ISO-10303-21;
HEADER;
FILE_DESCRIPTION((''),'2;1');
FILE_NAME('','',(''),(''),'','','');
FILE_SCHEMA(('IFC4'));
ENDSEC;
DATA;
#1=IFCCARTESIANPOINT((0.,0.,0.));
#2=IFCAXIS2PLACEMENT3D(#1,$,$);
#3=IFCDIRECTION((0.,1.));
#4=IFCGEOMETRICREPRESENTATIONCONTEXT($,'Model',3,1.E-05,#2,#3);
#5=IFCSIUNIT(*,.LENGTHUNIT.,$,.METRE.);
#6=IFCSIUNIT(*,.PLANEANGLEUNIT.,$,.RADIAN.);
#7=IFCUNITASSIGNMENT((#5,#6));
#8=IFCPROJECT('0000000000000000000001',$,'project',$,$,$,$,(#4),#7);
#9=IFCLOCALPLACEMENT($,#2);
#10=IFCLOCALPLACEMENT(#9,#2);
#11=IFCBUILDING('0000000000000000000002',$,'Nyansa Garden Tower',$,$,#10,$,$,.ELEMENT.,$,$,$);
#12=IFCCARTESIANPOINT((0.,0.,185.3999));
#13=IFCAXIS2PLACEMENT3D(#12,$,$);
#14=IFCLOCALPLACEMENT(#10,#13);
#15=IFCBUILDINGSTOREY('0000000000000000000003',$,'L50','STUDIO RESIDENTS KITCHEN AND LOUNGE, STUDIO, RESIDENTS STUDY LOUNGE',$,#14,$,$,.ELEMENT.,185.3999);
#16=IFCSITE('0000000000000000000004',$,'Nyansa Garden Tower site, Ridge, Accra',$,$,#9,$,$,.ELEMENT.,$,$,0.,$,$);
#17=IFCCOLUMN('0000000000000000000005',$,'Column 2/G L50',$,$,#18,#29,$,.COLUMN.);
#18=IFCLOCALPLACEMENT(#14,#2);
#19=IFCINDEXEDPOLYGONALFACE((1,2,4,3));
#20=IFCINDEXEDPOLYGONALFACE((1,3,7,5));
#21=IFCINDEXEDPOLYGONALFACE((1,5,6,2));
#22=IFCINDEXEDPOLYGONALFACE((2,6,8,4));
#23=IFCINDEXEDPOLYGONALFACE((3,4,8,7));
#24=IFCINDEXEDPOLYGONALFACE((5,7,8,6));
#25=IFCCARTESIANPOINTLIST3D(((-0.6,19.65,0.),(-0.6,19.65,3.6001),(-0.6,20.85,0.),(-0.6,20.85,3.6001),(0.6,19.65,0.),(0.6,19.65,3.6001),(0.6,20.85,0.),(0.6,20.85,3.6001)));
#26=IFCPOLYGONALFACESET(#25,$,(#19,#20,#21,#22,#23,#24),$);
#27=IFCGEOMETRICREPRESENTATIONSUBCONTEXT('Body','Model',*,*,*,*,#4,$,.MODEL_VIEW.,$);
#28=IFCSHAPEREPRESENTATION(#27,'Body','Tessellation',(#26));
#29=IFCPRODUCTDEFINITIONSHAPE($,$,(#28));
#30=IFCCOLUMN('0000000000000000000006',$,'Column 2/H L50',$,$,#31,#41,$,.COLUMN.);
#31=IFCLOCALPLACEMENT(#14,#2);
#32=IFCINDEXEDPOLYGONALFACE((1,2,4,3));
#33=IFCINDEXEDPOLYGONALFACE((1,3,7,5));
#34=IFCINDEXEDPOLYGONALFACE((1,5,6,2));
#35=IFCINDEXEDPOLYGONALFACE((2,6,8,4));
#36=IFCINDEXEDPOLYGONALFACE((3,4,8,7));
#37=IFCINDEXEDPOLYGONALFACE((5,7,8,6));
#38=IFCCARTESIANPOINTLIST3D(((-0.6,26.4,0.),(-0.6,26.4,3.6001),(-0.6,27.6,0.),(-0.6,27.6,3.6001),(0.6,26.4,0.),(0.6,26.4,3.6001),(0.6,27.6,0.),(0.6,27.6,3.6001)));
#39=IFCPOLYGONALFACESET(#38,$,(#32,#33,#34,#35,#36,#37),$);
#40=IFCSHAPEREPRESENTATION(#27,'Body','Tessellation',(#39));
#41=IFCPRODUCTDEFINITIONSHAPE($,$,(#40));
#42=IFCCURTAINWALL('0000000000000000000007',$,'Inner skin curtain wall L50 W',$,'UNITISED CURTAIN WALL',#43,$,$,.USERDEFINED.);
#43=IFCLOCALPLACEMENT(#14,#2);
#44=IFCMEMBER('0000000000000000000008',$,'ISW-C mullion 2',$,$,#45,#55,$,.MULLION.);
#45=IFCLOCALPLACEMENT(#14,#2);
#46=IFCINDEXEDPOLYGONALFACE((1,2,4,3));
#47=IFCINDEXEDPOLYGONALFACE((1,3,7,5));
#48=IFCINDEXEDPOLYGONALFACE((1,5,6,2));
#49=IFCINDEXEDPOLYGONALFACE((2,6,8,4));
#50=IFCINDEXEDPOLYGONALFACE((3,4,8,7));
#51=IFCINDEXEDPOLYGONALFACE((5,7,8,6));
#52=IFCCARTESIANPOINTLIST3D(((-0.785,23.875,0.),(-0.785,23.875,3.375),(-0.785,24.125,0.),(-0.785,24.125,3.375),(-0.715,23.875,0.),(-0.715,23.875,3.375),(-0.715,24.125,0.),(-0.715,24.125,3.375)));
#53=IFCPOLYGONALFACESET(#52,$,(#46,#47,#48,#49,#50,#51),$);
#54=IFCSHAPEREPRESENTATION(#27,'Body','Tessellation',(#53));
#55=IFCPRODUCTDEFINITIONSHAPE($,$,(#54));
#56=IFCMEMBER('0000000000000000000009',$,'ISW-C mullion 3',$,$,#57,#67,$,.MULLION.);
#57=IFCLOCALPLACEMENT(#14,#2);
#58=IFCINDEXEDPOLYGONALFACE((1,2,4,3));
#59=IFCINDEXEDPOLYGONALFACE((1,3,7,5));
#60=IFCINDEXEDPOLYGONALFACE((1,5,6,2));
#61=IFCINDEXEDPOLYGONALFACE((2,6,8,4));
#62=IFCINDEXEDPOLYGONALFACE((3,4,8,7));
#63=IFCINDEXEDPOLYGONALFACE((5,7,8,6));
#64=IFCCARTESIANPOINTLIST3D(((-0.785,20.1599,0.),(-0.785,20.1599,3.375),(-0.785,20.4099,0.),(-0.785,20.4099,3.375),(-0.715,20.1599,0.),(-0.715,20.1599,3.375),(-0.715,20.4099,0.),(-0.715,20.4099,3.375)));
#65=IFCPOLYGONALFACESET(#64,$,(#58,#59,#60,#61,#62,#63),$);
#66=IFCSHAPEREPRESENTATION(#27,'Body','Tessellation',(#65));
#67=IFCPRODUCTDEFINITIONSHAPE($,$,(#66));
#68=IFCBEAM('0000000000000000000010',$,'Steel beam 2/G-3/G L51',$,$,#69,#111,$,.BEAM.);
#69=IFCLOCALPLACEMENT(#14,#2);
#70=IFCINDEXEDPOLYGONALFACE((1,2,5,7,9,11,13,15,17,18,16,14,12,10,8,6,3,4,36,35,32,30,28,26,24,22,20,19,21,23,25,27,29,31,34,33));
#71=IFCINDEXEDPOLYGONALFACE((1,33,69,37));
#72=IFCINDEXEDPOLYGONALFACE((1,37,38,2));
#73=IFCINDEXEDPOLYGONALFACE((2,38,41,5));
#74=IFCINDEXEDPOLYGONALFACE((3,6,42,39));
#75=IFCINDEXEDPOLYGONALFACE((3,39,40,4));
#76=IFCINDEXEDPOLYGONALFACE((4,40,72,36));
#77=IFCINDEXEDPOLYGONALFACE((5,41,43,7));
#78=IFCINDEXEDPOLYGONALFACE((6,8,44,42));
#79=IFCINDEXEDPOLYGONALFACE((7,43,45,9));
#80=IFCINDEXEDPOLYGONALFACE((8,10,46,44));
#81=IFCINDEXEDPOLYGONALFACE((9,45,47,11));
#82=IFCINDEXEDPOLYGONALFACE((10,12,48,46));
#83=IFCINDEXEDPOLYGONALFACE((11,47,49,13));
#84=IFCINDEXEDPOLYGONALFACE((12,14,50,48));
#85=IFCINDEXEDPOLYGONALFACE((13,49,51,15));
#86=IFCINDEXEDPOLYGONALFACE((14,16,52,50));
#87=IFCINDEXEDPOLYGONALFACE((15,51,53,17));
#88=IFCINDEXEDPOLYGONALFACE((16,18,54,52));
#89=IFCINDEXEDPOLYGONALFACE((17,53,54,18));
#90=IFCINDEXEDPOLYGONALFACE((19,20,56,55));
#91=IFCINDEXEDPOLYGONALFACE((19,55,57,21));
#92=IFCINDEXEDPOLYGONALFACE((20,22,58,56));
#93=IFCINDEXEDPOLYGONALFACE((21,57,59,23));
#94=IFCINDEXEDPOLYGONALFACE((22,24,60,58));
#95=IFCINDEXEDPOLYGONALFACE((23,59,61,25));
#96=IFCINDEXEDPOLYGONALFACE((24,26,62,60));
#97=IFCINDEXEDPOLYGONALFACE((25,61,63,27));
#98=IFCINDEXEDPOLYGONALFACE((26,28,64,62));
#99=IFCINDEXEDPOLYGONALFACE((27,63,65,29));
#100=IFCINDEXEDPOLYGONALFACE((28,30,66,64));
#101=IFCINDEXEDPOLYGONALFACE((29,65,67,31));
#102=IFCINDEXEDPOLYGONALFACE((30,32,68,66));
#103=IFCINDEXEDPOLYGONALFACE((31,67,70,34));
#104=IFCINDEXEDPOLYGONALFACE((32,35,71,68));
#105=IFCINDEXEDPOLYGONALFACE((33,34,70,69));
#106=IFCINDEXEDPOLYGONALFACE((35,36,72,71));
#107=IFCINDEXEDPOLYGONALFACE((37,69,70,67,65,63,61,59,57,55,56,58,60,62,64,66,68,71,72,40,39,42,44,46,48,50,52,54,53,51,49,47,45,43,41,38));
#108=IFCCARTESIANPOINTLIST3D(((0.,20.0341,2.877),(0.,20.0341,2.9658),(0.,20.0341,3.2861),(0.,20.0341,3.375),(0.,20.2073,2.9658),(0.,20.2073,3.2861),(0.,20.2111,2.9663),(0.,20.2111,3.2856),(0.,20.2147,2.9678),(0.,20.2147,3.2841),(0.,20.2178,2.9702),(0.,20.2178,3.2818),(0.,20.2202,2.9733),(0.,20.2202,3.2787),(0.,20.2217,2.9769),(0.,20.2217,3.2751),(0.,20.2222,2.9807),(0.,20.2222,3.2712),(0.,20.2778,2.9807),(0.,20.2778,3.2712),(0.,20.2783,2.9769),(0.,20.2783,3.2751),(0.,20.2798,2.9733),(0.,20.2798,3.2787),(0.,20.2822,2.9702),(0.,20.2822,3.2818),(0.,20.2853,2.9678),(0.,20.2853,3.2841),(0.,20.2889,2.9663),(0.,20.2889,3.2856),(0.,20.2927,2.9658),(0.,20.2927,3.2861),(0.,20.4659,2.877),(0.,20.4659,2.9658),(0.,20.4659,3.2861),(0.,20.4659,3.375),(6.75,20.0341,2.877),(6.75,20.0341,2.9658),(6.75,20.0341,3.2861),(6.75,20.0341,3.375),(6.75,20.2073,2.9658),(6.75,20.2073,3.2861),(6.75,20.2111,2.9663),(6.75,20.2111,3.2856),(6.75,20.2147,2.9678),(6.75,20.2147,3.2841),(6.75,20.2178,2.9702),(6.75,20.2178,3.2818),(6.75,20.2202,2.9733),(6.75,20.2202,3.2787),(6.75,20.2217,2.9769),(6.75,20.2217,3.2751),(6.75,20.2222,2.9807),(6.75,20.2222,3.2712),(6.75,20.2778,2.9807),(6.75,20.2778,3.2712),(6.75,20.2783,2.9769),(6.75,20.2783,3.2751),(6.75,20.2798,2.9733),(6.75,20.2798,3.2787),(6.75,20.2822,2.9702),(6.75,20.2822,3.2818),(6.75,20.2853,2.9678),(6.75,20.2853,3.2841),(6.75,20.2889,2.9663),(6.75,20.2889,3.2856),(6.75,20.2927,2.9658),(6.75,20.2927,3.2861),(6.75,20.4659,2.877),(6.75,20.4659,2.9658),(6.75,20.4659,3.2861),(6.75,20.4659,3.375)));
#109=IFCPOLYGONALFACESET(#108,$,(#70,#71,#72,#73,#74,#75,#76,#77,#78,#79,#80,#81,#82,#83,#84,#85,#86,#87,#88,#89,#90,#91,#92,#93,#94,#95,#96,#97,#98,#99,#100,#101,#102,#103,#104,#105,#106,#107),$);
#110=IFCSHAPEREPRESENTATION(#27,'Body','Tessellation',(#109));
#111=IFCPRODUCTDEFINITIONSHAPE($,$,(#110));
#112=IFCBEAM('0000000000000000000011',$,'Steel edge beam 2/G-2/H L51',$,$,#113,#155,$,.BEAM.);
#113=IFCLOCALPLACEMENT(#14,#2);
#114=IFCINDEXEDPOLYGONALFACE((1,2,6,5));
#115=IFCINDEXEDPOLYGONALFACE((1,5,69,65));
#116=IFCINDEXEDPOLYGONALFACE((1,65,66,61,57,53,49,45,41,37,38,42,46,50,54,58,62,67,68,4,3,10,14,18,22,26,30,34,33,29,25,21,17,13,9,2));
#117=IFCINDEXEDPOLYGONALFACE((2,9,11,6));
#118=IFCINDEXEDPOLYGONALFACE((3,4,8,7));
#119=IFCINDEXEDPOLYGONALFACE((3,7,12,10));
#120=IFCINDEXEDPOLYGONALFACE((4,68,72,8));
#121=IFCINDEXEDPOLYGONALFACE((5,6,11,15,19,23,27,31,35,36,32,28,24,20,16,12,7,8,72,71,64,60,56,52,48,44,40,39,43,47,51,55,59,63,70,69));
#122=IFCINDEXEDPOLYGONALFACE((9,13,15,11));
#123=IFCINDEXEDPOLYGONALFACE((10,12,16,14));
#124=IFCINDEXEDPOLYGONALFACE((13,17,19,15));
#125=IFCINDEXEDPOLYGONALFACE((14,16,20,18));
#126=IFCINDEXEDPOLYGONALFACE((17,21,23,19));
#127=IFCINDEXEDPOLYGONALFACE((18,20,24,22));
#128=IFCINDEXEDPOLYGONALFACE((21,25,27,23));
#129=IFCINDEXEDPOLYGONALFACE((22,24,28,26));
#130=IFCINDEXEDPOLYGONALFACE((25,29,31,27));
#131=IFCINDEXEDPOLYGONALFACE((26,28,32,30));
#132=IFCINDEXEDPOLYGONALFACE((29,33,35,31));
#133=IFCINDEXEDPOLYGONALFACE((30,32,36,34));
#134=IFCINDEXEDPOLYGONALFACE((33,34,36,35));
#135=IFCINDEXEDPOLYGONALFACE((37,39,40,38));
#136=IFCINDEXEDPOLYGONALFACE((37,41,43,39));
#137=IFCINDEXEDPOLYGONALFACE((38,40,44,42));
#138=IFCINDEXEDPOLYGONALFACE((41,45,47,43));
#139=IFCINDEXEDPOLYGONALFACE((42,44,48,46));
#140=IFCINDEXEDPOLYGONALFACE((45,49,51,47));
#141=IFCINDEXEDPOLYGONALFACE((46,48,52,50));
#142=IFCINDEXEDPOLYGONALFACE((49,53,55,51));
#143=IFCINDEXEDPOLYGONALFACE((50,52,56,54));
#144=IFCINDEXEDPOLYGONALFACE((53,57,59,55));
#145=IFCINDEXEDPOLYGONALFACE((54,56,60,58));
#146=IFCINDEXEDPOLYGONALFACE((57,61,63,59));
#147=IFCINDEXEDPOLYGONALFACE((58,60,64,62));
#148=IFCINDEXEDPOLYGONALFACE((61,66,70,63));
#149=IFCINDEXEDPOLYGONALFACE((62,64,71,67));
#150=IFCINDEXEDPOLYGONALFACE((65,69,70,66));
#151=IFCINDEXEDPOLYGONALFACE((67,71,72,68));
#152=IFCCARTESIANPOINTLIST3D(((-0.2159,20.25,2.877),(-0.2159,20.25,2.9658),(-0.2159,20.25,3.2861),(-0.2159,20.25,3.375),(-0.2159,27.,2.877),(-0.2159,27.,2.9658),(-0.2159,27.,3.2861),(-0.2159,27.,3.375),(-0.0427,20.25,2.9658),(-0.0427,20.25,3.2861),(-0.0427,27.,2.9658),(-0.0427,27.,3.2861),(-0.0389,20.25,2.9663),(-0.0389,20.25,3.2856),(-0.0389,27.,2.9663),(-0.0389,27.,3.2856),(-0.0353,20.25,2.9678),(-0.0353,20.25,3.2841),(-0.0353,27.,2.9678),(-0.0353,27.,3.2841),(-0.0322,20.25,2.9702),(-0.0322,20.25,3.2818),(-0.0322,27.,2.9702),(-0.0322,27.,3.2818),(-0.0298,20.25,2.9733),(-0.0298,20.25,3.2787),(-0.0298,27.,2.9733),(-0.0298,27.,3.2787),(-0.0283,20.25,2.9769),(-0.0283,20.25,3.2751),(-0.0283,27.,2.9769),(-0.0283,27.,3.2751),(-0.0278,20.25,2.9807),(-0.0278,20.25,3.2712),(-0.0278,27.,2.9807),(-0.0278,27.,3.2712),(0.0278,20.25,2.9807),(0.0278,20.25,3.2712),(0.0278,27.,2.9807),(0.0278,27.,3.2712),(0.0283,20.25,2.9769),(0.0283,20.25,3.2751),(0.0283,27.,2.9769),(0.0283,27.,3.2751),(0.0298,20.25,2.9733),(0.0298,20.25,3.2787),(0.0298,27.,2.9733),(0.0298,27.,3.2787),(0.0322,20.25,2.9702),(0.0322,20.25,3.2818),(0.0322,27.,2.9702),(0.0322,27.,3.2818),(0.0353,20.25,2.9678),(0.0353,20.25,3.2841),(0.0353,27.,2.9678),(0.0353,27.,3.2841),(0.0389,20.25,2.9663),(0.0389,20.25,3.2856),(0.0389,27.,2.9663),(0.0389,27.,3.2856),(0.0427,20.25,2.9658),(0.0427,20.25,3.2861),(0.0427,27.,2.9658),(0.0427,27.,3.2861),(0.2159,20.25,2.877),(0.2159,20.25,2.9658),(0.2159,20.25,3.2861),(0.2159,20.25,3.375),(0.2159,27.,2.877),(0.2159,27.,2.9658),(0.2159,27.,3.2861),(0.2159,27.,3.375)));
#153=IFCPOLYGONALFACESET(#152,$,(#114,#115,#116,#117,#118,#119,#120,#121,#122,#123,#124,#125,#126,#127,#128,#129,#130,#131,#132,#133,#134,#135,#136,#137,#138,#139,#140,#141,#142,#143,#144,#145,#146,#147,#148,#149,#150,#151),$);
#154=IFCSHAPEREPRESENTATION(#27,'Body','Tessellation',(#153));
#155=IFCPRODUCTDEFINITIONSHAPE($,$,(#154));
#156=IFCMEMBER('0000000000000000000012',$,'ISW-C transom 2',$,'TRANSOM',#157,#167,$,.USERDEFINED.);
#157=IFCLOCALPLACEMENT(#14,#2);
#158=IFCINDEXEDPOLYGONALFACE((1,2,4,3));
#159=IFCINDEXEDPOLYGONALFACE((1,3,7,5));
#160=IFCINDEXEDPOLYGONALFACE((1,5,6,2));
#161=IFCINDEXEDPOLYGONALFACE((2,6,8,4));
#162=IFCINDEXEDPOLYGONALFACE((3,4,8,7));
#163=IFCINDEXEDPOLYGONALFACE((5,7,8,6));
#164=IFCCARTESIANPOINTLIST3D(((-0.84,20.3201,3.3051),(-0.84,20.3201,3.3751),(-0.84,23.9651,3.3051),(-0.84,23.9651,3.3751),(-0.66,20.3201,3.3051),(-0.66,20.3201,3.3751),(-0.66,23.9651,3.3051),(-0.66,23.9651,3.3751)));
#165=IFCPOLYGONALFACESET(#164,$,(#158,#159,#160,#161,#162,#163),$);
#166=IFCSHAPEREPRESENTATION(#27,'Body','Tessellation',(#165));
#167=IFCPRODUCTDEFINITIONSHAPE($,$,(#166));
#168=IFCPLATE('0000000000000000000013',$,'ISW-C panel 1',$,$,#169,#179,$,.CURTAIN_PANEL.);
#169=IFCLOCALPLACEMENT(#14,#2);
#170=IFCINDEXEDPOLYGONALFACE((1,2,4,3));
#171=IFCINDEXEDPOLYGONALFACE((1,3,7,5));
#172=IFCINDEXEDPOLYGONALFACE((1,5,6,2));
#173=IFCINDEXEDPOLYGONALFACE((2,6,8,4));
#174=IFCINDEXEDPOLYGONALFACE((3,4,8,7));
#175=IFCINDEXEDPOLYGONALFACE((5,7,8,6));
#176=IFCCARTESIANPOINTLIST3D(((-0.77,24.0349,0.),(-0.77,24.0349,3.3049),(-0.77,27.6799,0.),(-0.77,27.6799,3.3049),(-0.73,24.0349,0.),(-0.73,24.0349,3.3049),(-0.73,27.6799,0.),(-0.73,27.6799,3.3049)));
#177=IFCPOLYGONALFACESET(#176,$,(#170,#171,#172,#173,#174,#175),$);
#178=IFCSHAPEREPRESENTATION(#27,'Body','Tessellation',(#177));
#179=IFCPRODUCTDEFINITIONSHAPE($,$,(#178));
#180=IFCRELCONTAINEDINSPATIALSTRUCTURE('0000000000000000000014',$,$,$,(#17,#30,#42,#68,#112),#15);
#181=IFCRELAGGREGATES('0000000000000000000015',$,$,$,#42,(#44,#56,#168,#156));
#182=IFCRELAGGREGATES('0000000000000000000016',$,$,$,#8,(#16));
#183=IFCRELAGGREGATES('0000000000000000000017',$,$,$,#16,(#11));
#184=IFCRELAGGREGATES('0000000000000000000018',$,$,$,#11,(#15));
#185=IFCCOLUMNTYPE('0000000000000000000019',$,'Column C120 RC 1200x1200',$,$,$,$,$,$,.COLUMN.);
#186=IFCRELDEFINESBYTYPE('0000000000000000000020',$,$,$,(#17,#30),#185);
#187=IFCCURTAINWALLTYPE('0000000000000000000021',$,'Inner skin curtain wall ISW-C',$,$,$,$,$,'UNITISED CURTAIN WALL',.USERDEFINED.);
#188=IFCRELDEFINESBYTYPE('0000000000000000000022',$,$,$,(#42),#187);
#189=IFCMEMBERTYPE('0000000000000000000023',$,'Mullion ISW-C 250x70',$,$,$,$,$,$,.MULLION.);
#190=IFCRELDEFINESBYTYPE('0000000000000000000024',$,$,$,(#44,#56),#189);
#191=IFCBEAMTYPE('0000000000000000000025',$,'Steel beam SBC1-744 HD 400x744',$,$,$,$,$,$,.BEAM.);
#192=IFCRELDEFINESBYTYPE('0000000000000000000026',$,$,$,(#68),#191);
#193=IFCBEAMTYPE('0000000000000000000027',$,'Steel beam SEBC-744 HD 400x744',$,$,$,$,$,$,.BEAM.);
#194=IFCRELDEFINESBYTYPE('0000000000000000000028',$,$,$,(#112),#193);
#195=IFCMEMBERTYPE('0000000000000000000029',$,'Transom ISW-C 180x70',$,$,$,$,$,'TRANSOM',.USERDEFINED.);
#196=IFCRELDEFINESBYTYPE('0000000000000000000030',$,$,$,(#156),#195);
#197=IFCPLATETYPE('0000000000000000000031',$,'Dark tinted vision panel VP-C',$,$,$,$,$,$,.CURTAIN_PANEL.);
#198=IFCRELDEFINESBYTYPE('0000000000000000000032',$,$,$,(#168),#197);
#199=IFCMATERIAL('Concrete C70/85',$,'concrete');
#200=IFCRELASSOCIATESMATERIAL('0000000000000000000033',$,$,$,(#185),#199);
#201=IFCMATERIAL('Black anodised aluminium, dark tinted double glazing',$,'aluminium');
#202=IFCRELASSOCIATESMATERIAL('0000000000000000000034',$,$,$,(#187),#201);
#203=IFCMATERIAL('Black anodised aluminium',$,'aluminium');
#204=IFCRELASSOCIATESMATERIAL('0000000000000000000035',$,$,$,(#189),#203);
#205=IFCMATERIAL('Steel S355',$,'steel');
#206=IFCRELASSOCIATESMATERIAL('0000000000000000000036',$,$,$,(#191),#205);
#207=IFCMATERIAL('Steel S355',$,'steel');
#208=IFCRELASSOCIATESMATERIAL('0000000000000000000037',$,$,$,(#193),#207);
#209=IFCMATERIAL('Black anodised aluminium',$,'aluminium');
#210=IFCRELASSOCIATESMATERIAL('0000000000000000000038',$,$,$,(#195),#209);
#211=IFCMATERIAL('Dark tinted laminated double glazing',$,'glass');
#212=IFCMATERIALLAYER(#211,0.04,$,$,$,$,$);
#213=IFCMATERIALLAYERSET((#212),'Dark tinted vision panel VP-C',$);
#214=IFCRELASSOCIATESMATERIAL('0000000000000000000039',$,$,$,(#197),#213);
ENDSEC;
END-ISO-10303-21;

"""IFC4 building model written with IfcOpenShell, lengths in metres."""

from ifc_helpers import new_model, si_unit, direction, frame, origin, origin_2d, place, context, subcontext, project, spatial, rectangle, i_section, extrude, material, layer, layer_set, material_profile, profile_set, type_object, element, aggregate, save


model = new_model("IFC4")

# Units and contexts
model_context = context("Model", 3, precision=1e-05, world=origin(), true_north=direction((0.0, 1.0)))
body_context = subcontext(model_context, "Body", "Model", "MODEL_VIEW")
ifc_project = project(units=[si_unit("LENGTHUNIT", "METRE"), si_unit("PLANEANGLEUNIT", "RADIAN")], contexts=[model_context])

# Site, building, storey
site_placement = place(None, origin())
site = spatial("IfcSite", under=ifc_project, at=site_placement, Name="Nyansa Garden Tower site, Ridge, Accra", CompositionType="ELEMENT", RefElevation=0.0)
building_placement = place(site_placement, origin())
building = spatial("IfcBuilding", under=site, at=building_placement, Name="Nyansa Garden Tower", CompositionType="ELEMENT")
storey_placement = place(building_placement, frame((0.0, 0.0, 185.3999)))
storey = spatial("IfcBuildingStorey", under=building, at=storey_placement, Name="L50", Description="STUDIO RESIDENTS KITCHEN AND LOUNGE, STUDIO, RESIDENTS STUDY LOUNGE", CompositionType="ELEMENT", Elevation=185.3999)

# Columns
ifc_material_1 = material(Name="Concrete C70/85", Category="concrete")
ifc_material_profile_1 = material_profile(ifc_material_1, rectangle(XDim=1.2, YDim=1.2, at=origin_2d()), Name="RC 1200x1200")
ifc_profile_set_1 = profile_set([ifc_material_profile_1], Name="Concrete C70/85")
column_type = type_object("IfcColumnType", Name="Column C120 RC 1200x1200", PredefinedType="COLUMN", material=ifc_profile_set_1)
for number, where, z_axis, x_axis, name in (
    (1, (0.0, 20.25, 0.0), (0.0, 0.0, 1.0), (1.0, 0.0, 0.0), "Column 2/G L50"),
    (2, (0.0, 27.0, 0.0), (0.0, 0.0, 1.0), (1.0, 0.0, 0.0), "Column 2/H L50"),
):
    element("IfcColumn", number, at=place(storey_placement, frame(where, z_axis=z_axis, x_axis=x_axis)), inside=storey, type_object=column_type, Name=name, PredefinedType="COLUMN", context=body_context, shape_type="SweptSolid", body=[
        extrude(rectangle(XDim=1.2, YDim=1.2, at=origin_2d()), origin(), (0.0, 0.0, 1.0), 3.6001),
    ])

# Curtain wall, members
ifc_material_2 = material(Name="Black anodised aluminium, dark tinted double glazing", Category="aluminium")
curtain_wall_type = type_object("IfcCurtainWallType", Name="Inner skin curtain wall ISW-C", ElementType="UNITISED CURTAIN WALL", PredefinedType="USERDEFINED", material=ifc_material_2)
curtain_wall_placement = place(storey_placement, origin())
curtain_wall = element("IfcCurtainWall", 3, at=curtain_wall_placement, inside=storey, type_object=curtain_wall_type, Name="Inner skin curtain wall L50 W", ObjectType="UNITISED CURTAIN WALL", PredefinedType="USERDEFINED")
ifc_material_3 = material(Name="Black anodised aluminium", Category="aluminium")
ifc_material_profile_2 = material_profile(ifc_material_3, rectangle(XDim=0.0701, YDim=0.25, at=origin_2d()), Name="Mullion 250x70")
ifc_profile_set_2 = profile_set([ifc_material_profile_2], Name="Black anodised aluminium")
member_type_1 = type_object("IfcMemberType", Name="Mullion ISW-C 250x70", PredefinedType="MULLION", material=ifc_profile_set_2)
member_1_placement = place(storey_placement, frame((-0.75, 24.0, 0.0), z_axis=(0.0, 0.0, 1.0), x_axis=(1.0, 0.0, 0.0)))
member_1 = element("IfcMember", 4, at=member_1_placement, type_object=member_type_1, Name="ISW-C mullion 2", PredefinedType="MULLION", context=body_context, shape_type="SweptSolid", body=[
    extrude(rectangle(XDim=0.0701, YDim=0.25, at=origin_2d()), origin(), (0.0, 0.0, 1.0), 3.375),
])
member_2_placement = place(storey_placement, frame((-0.75, 20.2849, 0.0), z_axis=(0.0, 0.0, 1.0), x_axis=(1.0, 0.0, 0.0)))
member_2 = element("IfcMember", 5, at=member_2_placement, type_object=member_type_1, Name="ISW-C mullion 3", PredefinedType="MULLION", context=body_context, shape_type="SweptSolid", body=[
    extrude(rectangle(XDim=0.0701, YDim=0.25, at=origin_2d()), origin(), (0.0, 0.0, 1.0), 3.375),
])

# Beams
ifc_material_4 = material(Name="Steel S355", Category="steel")
ifc_material_profile_3 = material_profile(ifc_material_4, i_section(OverallWidth=0.4319, OverallDepth=0.498, WebThickness=0.0557, FlangeThickness=0.0889, FilletRadius=0.0149, at=origin_2d()), Name="HD 400x744")
ifc_profile_set_3 = profile_set([ifc_material_profile_3], Name="Steel S355")
beam_type_1 = type_object("IfcBeamType", Name="Steel beam SBC1-744 HD 400x744", PredefinedType="BEAM", material=ifc_profile_set_3)
beam_1_placement = place(storey_placement, frame((0.0, 20.25, 3.126), z_axis=(1.0, 0.0, 0.0), x_axis=(0.0, 1.0, 0.0)))
element("IfcBeam", 6, at=beam_1_placement, inside=storey, type_object=beam_type_1, Name="Steel beam 2/G-3/G L51", PredefinedType="BEAM", context=body_context, shape_type="SweptSolid", body=[
    extrude(i_section(OverallWidth=0.4319, OverallDepth=0.498, WebThickness=0.0557, FlangeThickness=0.0889, FilletRadius=0.0149, at=origin_2d()), origin(), (0.0, 0.0, 1.0), 6.75),
])
ifc_material_5 = material(Name="Steel S355", Category="steel")
ifc_material_profile_4 = material_profile(ifc_material_5, i_section(OverallWidth=0.4319, OverallDepth=0.498, WebThickness=0.0557, FlangeThickness=0.0889, FilletRadius=0.0149, at=origin_2d()), Name="HD 400x744")
ifc_profile_set_4 = profile_set([ifc_material_profile_4], Name="Steel S355")
beam_type_2 = type_object("IfcBeamType", Name="Steel beam SEBC-744 HD 400x744", PredefinedType="BEAM", material=ifc_profile_set_4)
beam_2_placement = place(storey_placement, frame((0.0, 20.25, 3.126), z_axis=(0.0, 1.0, 0.0), x_axis=(-1.0, 0.0, 0.0)))
element("IfcBeam", 7, at=beam_2_placement, inside=storey, type_object=beam_type_2, Name="Steel edge beam 2/G-2/H L51", PredefinedType="BEAM", context=body_context, shape_type="SweptSolid", body=[
    extrude(i_section(OverallWidth=0.4319, OverallDepth=0.498, WebThickness=0.0557, FlangeThickness=0.0889, FilletRadius=0.0149, at=origin_2d()), origin(), (0.0, 0.0, 1.0), 6.75),
])

# Member
ifc_material_6 = material(Name="Black anodised aluminium", Category="aluminium")
ifc_material_profile_5 = material_profile(ifc_material_6, rectangle(XDim=0.1799, YDim=0.0701, at=origin_2d()), Name="Transom 180x70")
ifc_profile_set_5 = profile_set([ifc_material_profile_5], Name="Black anodised aluminium")
member_type_2 = type_object("IfcMemberType", Name="Transom ISW-C 180x70", ElementType="TRANSOM", PredefinedType="USERDEFINED", material=ifc_profile_set_5)
member_3_placement = place(storey_placement, frame((-0.75, 23.9651, 3.3401), z_axis=(0.0, -1.0, 0.0), x_axis=(1.0, 0.0, 0.0)))
member_3 = element("IfcMember", 8, at=member_3_placement, type_object=member_type_2, Name="ISW-C transom 2", ObjectType="TRANSOM", PredefinedType="USERDEFINED", context=body_context, shape_type="SweptSolid", body=[
    extrude(rectangle(XDim=0.1799, YDim=0.0701, at=origin_2d()), origin(), (0.0, 0.0, 1.0), 3.645),
])

# Plate
ifc_material_7 = material(Name="Dark tinted laminated double glazing", Category="glass")
ifc_layer_1 = layer(ifc_material_7, 0.04)
ifc_layer_set_1 = layer_set([ifc_layer_1], Name="Dark tinted vision panel VP-C")
plate_type = type_object("IfcPlateType", Name="Dark tinted vision panel VP-C", PredefinedType="CURTAIN_PANEL", material=ifc_layer_set_1)
plate_1_placement = place(storey_placement, frame((-0.75, 25.8574, 0.0), z_axis=(0.0, 0.0, 1.0), x_axis=(0.0, -1.0, 0.0)))
plate_1 = element("IfcPlate", 9, at=plate_1_placement, type_object=plate_type, Name="ISW-C panel 1", PredefinedType="CURTAIN_PANEL", context=body_context, shape_type="SweptSolid", body=[
    extrude(rectangle(XDim=3.645, YDim=0.04, at=origin_2d()), origin(), (0.0, 0.0, 1.0), 3.3049),
])
aggregate(curtain_wall, [member_1, member_2, plate_1, member_3])

save(model, "model.ifc")
